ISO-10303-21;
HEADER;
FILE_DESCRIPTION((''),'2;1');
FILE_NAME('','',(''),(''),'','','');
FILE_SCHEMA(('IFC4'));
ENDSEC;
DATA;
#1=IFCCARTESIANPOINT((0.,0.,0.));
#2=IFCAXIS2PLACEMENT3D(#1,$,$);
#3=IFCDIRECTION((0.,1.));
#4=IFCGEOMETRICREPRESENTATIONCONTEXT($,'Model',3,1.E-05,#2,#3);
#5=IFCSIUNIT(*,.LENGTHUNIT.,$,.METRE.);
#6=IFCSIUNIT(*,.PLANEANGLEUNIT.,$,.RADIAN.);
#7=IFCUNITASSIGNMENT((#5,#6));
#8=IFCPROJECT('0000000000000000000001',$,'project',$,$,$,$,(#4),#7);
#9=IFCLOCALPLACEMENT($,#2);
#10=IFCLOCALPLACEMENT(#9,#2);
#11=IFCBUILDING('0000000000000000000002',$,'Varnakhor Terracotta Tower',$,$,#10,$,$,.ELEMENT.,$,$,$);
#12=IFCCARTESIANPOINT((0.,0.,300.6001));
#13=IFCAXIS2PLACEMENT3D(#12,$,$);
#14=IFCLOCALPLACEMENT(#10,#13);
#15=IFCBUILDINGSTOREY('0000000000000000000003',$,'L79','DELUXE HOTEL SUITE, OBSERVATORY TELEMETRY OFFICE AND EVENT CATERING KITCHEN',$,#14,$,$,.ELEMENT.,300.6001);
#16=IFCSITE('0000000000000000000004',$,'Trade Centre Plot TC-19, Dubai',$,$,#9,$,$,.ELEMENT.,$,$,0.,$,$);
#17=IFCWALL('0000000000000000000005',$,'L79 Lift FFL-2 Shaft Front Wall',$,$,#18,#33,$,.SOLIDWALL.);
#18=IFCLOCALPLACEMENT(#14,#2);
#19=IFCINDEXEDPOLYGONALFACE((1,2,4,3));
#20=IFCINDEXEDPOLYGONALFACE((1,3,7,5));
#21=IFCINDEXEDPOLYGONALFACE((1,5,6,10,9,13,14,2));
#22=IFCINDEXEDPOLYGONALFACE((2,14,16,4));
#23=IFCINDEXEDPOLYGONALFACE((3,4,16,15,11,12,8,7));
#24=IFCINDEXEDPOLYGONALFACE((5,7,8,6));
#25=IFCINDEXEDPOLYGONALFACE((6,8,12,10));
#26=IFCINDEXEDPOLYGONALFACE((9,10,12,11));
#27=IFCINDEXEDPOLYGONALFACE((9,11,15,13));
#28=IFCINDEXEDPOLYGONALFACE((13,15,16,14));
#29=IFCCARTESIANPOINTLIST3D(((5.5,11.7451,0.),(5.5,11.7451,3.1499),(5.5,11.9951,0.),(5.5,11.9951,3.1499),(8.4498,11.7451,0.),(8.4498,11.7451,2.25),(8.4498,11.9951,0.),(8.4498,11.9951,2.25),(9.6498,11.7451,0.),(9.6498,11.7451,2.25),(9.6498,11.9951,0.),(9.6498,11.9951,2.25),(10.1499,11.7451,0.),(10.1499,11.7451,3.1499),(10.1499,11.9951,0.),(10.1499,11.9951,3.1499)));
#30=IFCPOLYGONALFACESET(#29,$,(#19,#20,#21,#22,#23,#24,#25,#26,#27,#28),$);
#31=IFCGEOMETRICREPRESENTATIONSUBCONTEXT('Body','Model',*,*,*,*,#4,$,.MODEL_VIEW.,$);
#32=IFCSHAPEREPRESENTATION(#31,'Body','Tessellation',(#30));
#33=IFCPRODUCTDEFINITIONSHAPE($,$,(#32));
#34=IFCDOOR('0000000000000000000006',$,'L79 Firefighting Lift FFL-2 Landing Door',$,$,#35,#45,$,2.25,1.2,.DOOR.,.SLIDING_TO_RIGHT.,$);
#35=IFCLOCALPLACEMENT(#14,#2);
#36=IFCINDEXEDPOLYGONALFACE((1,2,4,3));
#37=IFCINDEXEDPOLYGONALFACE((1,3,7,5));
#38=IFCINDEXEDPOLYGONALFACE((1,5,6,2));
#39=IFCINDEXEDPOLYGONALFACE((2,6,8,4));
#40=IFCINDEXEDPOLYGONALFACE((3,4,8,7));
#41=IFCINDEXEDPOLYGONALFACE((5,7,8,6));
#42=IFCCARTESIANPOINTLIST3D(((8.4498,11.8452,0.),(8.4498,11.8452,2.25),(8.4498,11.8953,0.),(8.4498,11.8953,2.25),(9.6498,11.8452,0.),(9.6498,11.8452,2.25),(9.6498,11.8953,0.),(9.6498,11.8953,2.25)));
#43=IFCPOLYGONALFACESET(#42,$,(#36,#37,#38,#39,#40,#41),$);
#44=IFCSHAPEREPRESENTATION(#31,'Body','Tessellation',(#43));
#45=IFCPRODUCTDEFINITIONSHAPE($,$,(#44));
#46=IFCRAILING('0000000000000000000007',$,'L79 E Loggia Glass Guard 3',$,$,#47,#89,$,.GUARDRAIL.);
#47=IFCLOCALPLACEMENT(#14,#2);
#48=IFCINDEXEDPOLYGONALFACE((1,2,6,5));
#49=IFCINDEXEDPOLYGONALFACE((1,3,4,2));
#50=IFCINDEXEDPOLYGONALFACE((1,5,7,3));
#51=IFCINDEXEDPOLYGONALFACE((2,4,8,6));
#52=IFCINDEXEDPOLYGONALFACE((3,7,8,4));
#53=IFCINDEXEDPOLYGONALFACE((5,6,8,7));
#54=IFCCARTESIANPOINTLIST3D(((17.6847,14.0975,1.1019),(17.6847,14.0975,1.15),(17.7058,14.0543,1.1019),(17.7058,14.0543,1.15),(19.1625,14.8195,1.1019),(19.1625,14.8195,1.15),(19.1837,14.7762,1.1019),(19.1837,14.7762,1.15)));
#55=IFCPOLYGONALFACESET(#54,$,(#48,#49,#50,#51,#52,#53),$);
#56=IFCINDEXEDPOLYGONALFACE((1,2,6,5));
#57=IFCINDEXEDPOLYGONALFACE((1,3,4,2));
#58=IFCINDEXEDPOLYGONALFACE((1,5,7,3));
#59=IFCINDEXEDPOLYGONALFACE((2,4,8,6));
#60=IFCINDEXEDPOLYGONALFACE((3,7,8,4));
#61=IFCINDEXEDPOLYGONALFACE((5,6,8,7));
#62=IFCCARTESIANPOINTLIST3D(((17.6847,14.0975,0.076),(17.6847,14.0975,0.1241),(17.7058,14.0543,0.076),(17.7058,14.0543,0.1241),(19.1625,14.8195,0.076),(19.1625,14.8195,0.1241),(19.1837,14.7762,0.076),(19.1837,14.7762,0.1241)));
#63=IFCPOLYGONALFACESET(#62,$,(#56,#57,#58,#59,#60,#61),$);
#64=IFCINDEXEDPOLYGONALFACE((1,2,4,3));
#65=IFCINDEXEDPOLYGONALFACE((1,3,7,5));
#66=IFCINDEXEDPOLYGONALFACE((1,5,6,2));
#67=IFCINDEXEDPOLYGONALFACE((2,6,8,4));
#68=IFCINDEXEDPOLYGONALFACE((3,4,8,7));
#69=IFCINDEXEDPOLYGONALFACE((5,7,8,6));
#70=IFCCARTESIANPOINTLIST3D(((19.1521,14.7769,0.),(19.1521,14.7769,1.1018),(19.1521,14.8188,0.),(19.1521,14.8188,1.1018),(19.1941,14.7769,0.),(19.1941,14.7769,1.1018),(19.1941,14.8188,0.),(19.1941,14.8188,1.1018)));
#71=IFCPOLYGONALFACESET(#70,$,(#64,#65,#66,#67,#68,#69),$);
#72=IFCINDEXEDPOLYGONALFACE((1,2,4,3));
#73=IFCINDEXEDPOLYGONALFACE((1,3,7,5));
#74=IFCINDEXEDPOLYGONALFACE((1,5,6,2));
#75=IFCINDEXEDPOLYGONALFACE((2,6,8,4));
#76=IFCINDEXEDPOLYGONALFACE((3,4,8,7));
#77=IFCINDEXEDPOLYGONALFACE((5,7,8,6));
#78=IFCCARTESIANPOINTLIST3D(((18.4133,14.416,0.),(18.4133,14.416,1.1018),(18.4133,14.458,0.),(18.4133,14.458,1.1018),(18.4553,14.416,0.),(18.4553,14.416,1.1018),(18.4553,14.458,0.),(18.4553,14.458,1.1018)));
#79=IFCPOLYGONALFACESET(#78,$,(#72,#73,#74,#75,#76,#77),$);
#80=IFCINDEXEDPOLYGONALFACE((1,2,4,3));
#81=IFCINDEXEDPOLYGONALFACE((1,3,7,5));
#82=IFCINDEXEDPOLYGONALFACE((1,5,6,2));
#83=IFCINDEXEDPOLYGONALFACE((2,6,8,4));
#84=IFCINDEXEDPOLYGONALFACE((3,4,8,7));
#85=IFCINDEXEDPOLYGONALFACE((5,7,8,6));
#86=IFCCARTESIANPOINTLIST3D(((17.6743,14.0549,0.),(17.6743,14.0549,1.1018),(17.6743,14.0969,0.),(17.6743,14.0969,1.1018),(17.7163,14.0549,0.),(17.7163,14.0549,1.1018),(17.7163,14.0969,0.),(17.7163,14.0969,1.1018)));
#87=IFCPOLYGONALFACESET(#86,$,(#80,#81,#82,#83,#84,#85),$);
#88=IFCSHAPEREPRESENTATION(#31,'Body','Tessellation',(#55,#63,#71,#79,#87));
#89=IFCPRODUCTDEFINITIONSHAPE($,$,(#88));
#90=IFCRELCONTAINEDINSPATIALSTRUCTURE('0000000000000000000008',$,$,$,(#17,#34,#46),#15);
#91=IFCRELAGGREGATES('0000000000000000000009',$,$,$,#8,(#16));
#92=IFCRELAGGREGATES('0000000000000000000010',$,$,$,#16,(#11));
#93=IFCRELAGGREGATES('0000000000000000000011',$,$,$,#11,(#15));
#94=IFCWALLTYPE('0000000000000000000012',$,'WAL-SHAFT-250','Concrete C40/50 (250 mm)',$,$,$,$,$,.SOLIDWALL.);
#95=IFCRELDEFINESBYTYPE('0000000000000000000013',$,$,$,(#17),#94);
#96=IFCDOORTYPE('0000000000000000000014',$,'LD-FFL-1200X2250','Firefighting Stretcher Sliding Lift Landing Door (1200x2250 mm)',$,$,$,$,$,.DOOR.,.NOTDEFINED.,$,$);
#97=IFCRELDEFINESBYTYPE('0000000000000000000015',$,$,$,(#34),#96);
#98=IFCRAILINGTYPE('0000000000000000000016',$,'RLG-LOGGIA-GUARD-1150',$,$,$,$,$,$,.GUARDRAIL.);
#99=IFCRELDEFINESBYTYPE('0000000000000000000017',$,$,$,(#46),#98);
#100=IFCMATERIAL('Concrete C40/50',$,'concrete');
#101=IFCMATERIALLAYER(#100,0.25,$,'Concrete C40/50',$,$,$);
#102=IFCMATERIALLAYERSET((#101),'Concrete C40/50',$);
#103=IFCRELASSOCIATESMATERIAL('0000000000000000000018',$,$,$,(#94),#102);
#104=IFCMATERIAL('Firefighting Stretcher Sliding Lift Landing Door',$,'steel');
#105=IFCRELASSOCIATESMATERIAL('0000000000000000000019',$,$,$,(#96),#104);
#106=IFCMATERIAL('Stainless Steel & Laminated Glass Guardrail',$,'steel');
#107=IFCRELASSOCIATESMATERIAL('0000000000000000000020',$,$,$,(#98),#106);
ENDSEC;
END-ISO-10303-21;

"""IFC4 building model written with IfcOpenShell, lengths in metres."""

from ifc_helpers import new_model, si_unit, direction, frame, frame_2d, origin, origin_2d, place, context, subcontext, project, spatial, rectangle, extrude, source, transform, mapped, material, layer, layer_set, type_object, type_shapes, element, fill, save


model = new_model("IFC4")

# Units and contexts
model_context = context("Model", 3, precision=1e-05, world=origin(), true_north=direction((0.0, 1.0)))
body_context = subcontext(model_context, "Body", "Model", "MODEL_VIEW")
ifc_project = project(units=[si_unit("LENGTHUNIT", "METRE"), si_unit("PLANEANGLEUNIT", "RADIAN")], contexts=[model_context])

# Site, building, storey
site_placement = place(None, origin())
site = spatial("IfcSite", under=ifc_project, at=site_placement, Name="Trade Centre Plot TC-19, Dubai", CompositionType="ELEMENT", RefElevation=0.0)
building_placement = place(site_placement, origin())
building = spatial("IfcBuilding", under=site, at=building_placement, Name="Varnakhor Terracotta Tower", CompositionType="ELEMENT")
storey_placement = place(building_placement, frame((0.0, 0.0, 300.6001)))
storey = spatial("IfcBuildingStorey", under=building, at=storey_placement, Name="L79", Description="DELUXE HOTEL SUITE, OBSERVATORY TELEMETRY OFFICE AND EVENT CATERING KITCHEN", CompositionType="ELEMENT", Elevation=300.6001)

# Wall, opening, door
ifc_material_1 = material(Name="Concrete C40/50", Category="concrete")
ifc_layer_1 = layer(ifc_material_1, 0.25, Name="Concrete C40/50")
ifc_layer_set_1 = layer_set([ifc_layer_1], Name="Concrete C40/50")
wall_type_1 = type_object("IfcWallType", Name="WAL-SHAFT-250", Description="Concrete C40/50 (250 mm)", PredefinedType="SOLIDWALL", material=ifc_layer_set_1)
wall_1_placement = place(storey_placement, frame((10.1499, 11.8701, 0.0), z_axis=(0.0, 0.0, 1.0), x_axis=(-1.0, 0.0, 0.0)))
wall_1 = element("IfcWall", 1, at=wall_1_placement, inside=storey, type_object=wall_type_1, Name="L79 Lift FFL-2 Shaft Front Wall", PredefinedType="SOLIDWALL", context=body_context, shape_type="SweptSolid", body=[
    extrude(rectangle(XDim=4.6499, YDim=0.25, at=frame_2d((2.325, 0.0))), origin(), (0.0, 0.0, 1.0), 3.1499),
])
opening_1_placement = place(wall_1_placement, frame((0.5, 0.0, 0.0)))
opening_1 = element("IfcOpeningElement", 2, at=opening_1_placement, cuts=wall_1, PredefinedType="OPENING", context=body_context, shape_type="SweptSolid", body=[
    extrude(rectangle(XDim=1.2, YDim=2.25, at=frame_2d((0.6001, 1.125))), frame((0.0, 0.135, 0.0), z_axis=(0.0, -1.0, 0.0), x_axis=(1.0, 0.0, 0.0)), (0.0, 0.0, 1.0), 0.27),
])
ifc_material_2 = material(Name="Firefighting Stretcher Sliding Lift Landing Door", Category="steel")
door_type_1 = type_object("IfcDoorType", Name="LD-FFL-1200X2250", Description="Firefighting Stretcher Sliding Lift Landing Door (1200x2250 mm)", OperationType="NOTDEFINED", PredefinedType="DOOR", material=ifc_material_2)
shared_shape_1 = source(origin(), body_context, "Body", "SweptSolid", [
    extrude(rectangle(XDim=1.2, YDim=2.25, at=frame_2d((0.6001, 1.125))), frame((0.0, 0.0249, 0.0), z_axis=(0.0, -1.0, 0.0), x_axis=(1.0, 0.0, 0.0)), (0.0, 0.0, 1.0), 0.05),
])
type_shapes(door_type_1, [shared_shape_1])
door_1_placement = place(opening_1_placement, origin())
door_1 = element("IfcDoor", 3, at=door_1_placement, inside=storey, type_object=door_type_1, Name="L79 Firefighting Lift FFL-2 Landing Door", OperationType="SLIDING_TO_RIGHT", OverallHeight=2.25, OverallWidth=1.2, PredefinedType="DOOR", context=body_context, shape_type="MappedRepresentation", body=[
    mapped(shared_shape_1, transform((0.0, 0.0, 0.0), scale=1.0)),
])
fill(opening_1, door_1)

# Railing
ifc_material_3 = material(Name="Stainless Steel & Laminated Glass Guardrail", Category="steel")
railing_type = type_object("IfcRailingType", Name="RLG-LOGGIA-GUARD-1150", PredefinedType="GUARDRAIL", material=ifc_material_3)
railing_placement = place(storey_placement, frame((19.1731, 14.7979, 0.0)))
element("IfcRailing", 4, at=railing_placement, inside=storey, type_object=railing_type, Name="L79 E Loggia Glass Guard 3", PredefinedType="GUARDRAIL", context=body_context, shape_type="SweptSolid", body=[
    extrude(rectangle(XDim=0.0481, YDim=0.0481, at=origin_2d()), frame((0.0, 0.0, 1.126), z_axis=(-0.898516, -0.438941, 0.0), x_axis=(0.438941, -0.898516, 0.0)), (0.0, 0.0, 1.0), 1.6448),
    extrude(rectangle(XDim=0.0481, YDim=0.0481, at=origin_2d()), frame((0.0, 0.0, 0.1001), z_axis=(-0.898516, -0.438941, 0.0), x_axis=(0.438941, -0.898516, 0.0)), (0.0, 0.0, 1.0), 1.6448),
    extrude(rectangle(XDim=0.042, YDim=0.042, at=origin_2d()), origin(), (0.0, 0.0, 1.0), 1.1018),
    extrude(rectangle(XDim=0.042, YDim=0.042, at=origin_2d()), frame((-0.7388, -0.3608, 0.0)), (0.0, 0.0, 1.0), 1.1018),
    extrude(rectangle(XDim=0.042, YDim=0.042, at=origin_2d()), frame((-1.4778, -0.7219, 0.0)), (0.0, 0.0, 1.0), 1.1018),
])

save(model, "model.ifc")
